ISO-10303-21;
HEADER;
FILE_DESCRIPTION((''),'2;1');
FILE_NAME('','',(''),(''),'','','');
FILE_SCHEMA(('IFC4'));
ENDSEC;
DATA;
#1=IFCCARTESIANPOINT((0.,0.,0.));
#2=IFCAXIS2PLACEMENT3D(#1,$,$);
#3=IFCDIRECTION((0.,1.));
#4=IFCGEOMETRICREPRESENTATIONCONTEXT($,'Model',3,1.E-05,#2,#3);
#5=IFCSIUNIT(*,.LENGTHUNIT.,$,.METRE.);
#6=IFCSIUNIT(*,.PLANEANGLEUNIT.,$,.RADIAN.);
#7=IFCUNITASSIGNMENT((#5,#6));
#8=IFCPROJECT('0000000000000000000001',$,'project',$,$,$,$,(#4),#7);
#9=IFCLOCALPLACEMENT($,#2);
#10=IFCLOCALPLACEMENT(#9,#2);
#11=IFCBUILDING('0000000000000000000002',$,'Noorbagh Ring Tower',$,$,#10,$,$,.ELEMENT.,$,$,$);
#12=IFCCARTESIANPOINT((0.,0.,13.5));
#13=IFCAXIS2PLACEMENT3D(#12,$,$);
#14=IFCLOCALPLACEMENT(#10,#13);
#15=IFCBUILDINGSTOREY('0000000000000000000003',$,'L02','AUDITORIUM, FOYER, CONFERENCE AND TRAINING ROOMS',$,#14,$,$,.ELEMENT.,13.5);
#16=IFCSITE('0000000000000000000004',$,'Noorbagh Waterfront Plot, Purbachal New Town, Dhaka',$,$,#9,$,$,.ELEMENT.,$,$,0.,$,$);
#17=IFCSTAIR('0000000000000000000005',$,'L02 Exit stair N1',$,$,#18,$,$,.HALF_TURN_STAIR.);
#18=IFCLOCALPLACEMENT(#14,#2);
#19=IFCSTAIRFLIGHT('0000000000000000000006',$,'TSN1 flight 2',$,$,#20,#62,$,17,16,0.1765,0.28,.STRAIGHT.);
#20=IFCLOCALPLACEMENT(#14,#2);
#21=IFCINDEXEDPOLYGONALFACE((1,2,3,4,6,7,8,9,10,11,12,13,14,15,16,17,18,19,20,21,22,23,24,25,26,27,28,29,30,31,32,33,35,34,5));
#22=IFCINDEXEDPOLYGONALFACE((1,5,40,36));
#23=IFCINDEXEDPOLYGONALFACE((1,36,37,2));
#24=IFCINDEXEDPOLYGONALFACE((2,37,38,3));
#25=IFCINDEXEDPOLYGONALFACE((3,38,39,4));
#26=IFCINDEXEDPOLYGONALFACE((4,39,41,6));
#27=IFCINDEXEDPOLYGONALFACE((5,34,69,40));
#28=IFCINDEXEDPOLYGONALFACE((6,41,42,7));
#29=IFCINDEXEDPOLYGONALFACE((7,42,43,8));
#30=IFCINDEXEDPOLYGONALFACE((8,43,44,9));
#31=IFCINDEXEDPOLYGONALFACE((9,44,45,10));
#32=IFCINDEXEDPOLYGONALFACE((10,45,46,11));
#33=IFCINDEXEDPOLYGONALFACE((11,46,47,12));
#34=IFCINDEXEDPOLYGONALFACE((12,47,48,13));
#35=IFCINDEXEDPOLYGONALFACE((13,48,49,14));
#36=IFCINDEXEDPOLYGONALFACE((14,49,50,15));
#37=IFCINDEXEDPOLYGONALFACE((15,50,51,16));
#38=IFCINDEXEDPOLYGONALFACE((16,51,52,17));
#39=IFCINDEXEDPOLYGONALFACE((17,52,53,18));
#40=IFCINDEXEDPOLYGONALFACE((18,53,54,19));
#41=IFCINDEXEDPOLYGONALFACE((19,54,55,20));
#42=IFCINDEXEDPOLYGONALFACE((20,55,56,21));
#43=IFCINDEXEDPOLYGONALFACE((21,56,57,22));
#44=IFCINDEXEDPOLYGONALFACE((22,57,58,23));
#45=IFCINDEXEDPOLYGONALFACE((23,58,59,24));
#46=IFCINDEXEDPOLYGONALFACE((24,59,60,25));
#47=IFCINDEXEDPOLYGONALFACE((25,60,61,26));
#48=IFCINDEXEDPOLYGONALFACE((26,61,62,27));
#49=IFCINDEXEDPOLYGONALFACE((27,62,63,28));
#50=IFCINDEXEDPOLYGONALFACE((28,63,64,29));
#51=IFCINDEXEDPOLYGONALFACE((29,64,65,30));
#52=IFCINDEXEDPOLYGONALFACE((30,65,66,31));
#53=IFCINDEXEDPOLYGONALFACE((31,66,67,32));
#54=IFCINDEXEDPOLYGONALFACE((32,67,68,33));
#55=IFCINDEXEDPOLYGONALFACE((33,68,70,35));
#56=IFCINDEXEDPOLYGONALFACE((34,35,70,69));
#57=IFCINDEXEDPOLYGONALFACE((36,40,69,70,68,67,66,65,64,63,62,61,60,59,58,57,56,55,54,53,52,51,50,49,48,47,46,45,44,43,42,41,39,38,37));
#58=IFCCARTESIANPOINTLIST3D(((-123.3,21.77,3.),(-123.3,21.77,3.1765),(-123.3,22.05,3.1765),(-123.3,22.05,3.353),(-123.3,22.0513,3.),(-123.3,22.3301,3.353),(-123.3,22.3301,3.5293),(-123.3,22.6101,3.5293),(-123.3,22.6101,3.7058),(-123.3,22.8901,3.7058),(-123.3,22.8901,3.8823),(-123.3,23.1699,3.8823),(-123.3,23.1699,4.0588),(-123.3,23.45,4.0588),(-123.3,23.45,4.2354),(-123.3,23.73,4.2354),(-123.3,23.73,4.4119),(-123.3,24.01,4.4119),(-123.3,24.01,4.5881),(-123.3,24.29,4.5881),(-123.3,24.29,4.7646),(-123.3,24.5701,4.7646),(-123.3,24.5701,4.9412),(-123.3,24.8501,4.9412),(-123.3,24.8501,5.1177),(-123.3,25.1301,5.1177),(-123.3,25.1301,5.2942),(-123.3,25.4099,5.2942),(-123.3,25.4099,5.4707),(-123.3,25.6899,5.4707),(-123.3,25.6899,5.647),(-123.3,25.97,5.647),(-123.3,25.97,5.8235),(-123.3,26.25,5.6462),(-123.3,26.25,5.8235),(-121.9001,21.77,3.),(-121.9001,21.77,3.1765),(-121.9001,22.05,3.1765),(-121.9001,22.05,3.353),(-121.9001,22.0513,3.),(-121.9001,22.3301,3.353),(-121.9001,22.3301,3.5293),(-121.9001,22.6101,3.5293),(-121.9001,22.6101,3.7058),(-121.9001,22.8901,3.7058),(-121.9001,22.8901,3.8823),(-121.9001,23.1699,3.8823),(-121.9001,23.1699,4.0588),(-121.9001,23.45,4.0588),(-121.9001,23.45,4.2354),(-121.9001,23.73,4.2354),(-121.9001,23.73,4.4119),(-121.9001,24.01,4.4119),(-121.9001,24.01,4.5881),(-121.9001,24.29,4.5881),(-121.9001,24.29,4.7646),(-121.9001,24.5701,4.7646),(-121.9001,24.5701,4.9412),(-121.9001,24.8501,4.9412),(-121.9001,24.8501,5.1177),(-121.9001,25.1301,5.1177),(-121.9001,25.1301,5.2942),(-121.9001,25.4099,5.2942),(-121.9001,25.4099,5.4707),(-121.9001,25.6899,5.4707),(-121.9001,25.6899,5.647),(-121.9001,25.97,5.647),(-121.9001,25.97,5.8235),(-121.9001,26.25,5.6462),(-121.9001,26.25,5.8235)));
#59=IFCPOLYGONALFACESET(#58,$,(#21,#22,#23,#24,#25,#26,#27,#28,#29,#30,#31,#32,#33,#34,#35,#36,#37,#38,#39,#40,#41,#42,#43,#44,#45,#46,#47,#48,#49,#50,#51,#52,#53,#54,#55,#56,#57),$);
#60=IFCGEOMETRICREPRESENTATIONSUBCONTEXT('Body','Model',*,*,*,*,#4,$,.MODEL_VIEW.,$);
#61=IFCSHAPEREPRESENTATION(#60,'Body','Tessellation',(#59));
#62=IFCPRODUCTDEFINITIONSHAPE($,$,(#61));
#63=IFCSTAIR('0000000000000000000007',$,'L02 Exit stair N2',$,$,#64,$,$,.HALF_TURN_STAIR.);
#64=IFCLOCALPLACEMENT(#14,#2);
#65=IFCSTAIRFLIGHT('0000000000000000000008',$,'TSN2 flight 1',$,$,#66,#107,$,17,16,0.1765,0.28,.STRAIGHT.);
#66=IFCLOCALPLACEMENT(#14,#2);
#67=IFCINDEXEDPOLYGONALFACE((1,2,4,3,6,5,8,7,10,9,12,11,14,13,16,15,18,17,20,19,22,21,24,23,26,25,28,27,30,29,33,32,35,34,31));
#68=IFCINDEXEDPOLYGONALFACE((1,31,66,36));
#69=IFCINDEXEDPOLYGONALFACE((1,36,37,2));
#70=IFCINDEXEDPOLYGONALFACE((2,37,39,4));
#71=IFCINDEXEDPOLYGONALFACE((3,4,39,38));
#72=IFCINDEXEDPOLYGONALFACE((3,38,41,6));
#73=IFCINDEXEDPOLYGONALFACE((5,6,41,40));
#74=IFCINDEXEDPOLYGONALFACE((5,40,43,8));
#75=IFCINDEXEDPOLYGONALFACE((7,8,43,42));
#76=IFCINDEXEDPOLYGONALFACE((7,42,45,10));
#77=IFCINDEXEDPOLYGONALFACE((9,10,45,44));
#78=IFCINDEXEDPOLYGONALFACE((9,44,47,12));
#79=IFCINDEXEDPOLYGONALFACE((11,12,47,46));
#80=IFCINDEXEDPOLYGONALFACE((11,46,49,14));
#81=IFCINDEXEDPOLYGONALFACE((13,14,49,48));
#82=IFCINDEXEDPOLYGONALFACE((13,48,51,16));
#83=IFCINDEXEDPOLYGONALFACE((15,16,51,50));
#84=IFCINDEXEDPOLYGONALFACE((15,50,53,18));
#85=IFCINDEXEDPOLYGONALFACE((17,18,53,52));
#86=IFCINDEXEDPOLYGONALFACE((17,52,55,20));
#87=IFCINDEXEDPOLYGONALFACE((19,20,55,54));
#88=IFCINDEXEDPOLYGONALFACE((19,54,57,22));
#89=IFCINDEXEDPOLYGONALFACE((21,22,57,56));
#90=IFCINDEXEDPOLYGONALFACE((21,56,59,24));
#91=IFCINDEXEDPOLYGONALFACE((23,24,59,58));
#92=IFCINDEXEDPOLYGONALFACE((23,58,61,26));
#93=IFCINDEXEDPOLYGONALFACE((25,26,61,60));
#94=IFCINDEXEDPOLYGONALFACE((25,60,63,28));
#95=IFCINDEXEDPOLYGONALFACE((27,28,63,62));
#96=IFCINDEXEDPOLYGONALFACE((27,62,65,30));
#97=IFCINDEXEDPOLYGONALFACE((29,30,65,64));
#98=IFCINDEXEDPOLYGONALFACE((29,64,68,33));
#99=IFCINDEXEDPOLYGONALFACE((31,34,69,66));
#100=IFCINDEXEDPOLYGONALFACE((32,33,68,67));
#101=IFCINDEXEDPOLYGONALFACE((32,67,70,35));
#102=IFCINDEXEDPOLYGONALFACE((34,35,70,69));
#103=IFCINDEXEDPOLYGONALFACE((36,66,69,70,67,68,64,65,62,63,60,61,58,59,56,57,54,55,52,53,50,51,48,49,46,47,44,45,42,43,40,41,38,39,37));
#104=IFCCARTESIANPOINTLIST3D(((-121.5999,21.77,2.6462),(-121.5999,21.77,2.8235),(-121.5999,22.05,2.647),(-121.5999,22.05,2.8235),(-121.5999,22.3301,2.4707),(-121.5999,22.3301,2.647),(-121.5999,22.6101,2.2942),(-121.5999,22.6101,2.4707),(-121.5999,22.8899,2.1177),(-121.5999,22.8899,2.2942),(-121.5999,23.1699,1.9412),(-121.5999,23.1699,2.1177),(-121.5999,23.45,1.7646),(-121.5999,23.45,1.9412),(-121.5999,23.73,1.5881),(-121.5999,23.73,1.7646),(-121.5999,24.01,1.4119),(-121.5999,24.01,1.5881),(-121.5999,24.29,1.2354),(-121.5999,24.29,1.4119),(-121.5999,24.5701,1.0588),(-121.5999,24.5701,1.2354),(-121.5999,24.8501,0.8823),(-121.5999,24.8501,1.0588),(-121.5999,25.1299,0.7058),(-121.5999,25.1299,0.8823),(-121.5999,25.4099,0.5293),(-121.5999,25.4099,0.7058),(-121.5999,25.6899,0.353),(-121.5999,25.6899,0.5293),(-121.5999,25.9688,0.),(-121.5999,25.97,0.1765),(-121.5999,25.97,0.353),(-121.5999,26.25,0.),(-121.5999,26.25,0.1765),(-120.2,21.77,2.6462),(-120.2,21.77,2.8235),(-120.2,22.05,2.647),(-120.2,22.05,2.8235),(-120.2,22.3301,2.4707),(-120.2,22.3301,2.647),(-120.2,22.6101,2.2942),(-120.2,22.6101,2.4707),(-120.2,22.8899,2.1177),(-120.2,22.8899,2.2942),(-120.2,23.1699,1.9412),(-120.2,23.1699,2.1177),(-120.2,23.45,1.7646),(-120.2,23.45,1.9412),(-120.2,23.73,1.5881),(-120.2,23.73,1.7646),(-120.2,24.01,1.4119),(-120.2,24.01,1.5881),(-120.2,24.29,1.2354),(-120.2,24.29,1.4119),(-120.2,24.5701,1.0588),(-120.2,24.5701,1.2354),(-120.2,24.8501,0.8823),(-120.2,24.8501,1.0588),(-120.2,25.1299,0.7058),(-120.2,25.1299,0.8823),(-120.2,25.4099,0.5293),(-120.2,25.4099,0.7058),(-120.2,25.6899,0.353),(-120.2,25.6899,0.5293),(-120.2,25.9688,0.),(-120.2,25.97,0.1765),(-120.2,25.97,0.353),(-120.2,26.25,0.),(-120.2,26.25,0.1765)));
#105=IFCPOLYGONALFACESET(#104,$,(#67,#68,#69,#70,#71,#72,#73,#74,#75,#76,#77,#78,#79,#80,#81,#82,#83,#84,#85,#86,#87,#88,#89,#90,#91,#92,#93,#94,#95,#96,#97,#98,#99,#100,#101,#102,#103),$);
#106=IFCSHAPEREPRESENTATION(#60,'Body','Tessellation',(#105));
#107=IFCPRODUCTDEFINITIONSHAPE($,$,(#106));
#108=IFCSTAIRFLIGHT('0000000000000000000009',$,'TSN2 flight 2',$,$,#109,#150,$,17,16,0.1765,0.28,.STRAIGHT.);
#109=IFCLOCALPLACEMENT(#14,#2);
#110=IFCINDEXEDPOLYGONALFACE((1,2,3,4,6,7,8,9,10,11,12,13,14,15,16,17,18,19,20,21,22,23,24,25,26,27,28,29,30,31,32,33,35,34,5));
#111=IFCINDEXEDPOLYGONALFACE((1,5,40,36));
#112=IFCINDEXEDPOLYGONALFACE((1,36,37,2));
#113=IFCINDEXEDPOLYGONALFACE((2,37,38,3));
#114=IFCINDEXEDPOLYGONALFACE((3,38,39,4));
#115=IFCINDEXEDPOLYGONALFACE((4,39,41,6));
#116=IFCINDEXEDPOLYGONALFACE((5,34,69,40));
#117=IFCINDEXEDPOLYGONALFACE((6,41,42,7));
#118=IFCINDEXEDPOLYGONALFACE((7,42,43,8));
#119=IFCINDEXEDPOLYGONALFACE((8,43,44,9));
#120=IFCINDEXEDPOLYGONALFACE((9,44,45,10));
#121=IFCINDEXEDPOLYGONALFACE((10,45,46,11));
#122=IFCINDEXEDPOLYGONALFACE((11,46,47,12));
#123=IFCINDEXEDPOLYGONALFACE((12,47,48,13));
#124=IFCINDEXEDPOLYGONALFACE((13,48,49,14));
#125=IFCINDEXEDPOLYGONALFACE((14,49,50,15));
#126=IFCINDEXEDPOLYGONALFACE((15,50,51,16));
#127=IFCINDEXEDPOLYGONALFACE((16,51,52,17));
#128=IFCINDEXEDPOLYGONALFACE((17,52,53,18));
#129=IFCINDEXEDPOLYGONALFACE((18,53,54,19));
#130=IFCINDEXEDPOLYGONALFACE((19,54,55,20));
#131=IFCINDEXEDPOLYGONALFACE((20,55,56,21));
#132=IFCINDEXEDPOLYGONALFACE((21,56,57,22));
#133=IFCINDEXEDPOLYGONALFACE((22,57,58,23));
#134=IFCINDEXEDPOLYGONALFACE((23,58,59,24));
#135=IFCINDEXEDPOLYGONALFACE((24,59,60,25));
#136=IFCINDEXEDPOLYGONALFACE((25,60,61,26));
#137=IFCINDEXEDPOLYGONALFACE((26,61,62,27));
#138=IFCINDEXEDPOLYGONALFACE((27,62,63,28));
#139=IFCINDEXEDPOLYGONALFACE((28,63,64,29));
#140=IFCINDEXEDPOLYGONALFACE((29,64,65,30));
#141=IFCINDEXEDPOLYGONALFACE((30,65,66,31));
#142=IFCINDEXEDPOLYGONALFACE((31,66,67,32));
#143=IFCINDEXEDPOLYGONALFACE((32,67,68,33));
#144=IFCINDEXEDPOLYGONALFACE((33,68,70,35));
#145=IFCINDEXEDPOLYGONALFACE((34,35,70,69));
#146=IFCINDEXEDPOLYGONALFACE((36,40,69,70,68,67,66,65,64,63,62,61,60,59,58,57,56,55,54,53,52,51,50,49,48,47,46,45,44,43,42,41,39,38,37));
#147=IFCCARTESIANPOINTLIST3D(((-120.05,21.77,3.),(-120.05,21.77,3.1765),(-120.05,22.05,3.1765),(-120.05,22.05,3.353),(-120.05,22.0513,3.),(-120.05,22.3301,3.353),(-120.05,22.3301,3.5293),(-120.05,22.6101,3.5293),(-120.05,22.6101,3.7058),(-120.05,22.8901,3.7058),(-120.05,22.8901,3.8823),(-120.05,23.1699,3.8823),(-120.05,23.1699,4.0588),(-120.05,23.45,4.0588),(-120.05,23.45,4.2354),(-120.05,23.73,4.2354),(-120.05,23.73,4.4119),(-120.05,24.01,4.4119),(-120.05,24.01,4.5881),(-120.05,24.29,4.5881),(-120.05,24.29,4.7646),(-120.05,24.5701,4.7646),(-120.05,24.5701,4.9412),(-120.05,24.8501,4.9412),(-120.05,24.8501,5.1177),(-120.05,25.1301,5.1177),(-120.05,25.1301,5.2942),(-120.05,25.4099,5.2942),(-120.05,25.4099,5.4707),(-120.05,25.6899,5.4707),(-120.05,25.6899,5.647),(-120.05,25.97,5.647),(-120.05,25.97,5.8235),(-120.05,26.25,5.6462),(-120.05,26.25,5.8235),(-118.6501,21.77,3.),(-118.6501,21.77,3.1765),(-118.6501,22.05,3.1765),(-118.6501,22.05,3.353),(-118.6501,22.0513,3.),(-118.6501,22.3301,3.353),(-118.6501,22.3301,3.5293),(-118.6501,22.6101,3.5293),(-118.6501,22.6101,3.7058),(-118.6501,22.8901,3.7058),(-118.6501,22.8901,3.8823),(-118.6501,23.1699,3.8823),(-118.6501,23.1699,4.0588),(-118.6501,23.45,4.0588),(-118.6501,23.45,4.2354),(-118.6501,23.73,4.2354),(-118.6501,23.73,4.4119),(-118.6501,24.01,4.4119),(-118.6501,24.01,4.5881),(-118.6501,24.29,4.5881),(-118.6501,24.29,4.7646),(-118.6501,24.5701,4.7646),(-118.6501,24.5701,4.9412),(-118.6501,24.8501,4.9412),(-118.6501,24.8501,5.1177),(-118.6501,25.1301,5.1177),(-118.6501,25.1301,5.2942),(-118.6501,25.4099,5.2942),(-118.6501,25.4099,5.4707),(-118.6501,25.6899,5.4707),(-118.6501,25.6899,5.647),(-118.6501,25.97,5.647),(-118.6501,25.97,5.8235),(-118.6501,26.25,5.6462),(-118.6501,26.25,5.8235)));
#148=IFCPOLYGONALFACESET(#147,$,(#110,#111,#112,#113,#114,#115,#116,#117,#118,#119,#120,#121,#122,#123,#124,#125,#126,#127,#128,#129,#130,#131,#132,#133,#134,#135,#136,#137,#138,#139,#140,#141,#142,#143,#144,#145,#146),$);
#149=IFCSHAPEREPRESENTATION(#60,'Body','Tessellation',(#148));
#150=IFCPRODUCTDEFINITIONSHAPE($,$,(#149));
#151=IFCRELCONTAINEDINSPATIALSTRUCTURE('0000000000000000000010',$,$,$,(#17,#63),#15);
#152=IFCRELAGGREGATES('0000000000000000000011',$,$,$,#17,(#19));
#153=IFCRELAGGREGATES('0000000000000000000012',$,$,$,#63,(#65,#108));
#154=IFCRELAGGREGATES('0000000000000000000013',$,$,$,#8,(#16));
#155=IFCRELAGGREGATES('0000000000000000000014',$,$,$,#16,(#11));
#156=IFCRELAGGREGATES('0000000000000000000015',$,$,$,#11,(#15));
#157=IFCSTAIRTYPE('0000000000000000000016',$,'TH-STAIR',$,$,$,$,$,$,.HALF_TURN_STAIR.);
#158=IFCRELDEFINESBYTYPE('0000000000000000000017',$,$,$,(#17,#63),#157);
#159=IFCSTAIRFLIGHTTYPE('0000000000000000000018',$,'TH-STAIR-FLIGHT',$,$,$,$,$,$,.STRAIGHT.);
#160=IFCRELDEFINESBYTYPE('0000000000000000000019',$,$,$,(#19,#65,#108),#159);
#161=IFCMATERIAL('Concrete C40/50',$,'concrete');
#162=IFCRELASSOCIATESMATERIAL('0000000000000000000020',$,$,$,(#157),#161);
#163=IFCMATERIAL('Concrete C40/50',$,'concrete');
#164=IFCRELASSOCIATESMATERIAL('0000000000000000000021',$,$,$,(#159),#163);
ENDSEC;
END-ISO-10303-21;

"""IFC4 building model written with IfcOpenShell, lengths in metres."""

from ifc_helpers import new_model, si_unit, direction, frame, origin, place, context, subcontext, project, spatial, polyline, outline, extrude, material, type_object, element, aggregate, save


model = new_model("IFC4")

# Units and contexts
model_context = context("Model", 3, precision=1e-05, world=origin(), true_north=direction((0.0, 1.0)))
body_context = subcontext(model_context, "Body", "Model", "MODEL_VIEW")
ifc_project = project(units=[si_unit("LENGTHUNIT", "METRE"), si_unit("PLANEANGLEUNIT", "RADIAN")], contexts=[model_context])

# Site, building, storey
site_placement = place(None, origin())
site = spatial("IfcSite", under=ifc_project, at=site_placement, Name="Noorbagh Waterfront Plot, Purbachal New Town, Dhaka", CompositionType="ELEMENT", RefElevation=0.0)
building_placement = place(site_placement, origin())
building = spatial("IfcBuilding", under=site, at=building_placement, Name="Noorbagh Ring Tower", CompositionType="ELEMENT")
storey_placement = place(building_placement, frame((0.0, 0.0, 13.5)))
storey = spatial("IfcBuildingStorey", under=building, at=storey_placement, Name="L02", Description="AUDITORIUM, FOYER, CONFERENCE AND TRAINING ROOMS", CompositionType="ELEMENT", Elevation=13.5)

# Stairs, stair flights
ifc_material_1 = material(Name="Concrete C40/50", Category="concrete")
stair_type = type_object("IfcStairType", Name="TH-STAIR", PredefinedType="HALF_TURN_STAIR", material=ifc_material_1)
stair_1_placement = place(storey_placement, origin())
stair_1 = element("IfcStair", 1, at=stair_1_placement, inside=storey, type_object=stair_type, Name="L02 Exit stair N1", PredefinedType="HALF_TURN_STAIR")
ifc_material_2 = material(Name="Concrete C40/50", Category="concrete")
stair_flight_type = type_object("IfcStairFlightType", Name="TH-STAIR-FLIGHT", PredefinedType="STRAIGHT", material=ifc_material_2)
stair_flight_1_placement = place(storey_placement, frame((-122.6001, 21.77, 3.0), z_axis=(0.0, 0.0, 1.0), x_axis=(0.0, 1.0, 0.0)))
stair_flight_1 = element("IfcStairFlight", 2, at=stair_flight_1_placement, type_object=stair_flight_type, Name="TSN1 flight 2", NumberOfRisers=17, NumberOfTreads=16, PredefinedType="STRAIGHT", RiserHeight=0.1765, TreadLength=0.28, context=body_context, shape_type="SweptSolid", body=[
    extrude(outline(polyline([(0.0, 0.0), (0.0, 0.1765), (0.28, 0.1765), (0.28, 0.353), (0.5601, 0.353), (0.5601, 0.5293), (0.8401, 0.5293), (0.8401, 0.7058), (1.1201, 0.7058), (1.1201, 0.8823), (1.3999, 0.8823), (1.3999, 1.0588), (1.6799, 1.0588), (1.6799, 1.2354), (1.96, 1.2354), (1.96, 1.4119), (2.24, 1.4119), (2.24, 1.5881), (2.52, 1.5881), (2.52, 1.7646), (2.8, 1.7646), (2.8, 1.9412), (3.0801, 1.9412), (3.0801, 2.1177), (3.3601, 2.1177), (3.3601, 2.2942), (3.6399, 2.2942), (3.6399, 2.4707), (3.9199, 2.4707), (3.9199, 2.647), (4.2, 2.647), (4.2, 2.8235), (4.48, 2.8235), (4.48, 3.0), (4.48, 2.6462), (0.2812, 0.0), (0.0, 0.0)])), frame((0.0, 0.7, 0.0), z_axis=(0.0, -1.0, 0.0), x_axis=(1.0, 0.0, 0.0)), (0.0, 0.0, 1.0), 1.3999),
])
aggregate(stair_1, [stair_flight_1])
stair_2_placement = place(storey_placement, origin())
stair_2 = element("IfcStair", 3, at=stair_2_placement, inside=storey, type_object=stair_type, Name="L02 Exit stair N2", PredefinedType="HALF_TURN_STAIR")
stair_flight_2_placement = place(storey_placement, frame((-120.8999, 26.25, 0.0), z_axis=(0.0, 0.0, 1.0), x_axis=(0.0, -1.0, 0.0)))
stair_flight_2 = element("IfcStairFlight", 4, at=stair_flight_2_placement, type_object=stair_flight_type, Name="TSN2 flight 1", NumberOfRisers=17, NumberOfTreads=16, PredefinedType="STRAIGHT", RiserHeight=0.1765, TreadLength=0.28, context=body_context, shape_type="SweptSolid", body=[
    extrude(outline(polyline([(0.0, 0.0), (0.0, 0.1765), (0.28, 0.1765), (0.28, 0.353), (0.5601, 0.353), (0.5601, 0.5293), (0.8401, 0.5293), (0.8401, 0.7058), (1.1201, 0.7058), (1.1201, 0.8823), (1.3999, 0.8823), (1.3999, 1.0588), (1.6799, 1.0588), (1.6799, 1.2354), (1.96, 1.2354), (1.96, 1.4119), (2.24, 1.4119), (2.24, 1.5881), (2.52, 1.5881), (2.52, 1.7646), (2.8, 1.7646), (2.8, 1.9412), (3.0801, 1.9412), (3.0801, 2.1177), (3.3601, 2.1177), (3.3601, 2.2942), (3.6399, 2.2942), (3.6399, 2.4707), (3.9199, 2.4707), (3.9199, 2.647), (4.2, 2.647), (4.2, 2.8235), (4.48, 2.8235), (4.48, 3.0), (4.48, 2.6462), (0.2812, 0.0), (0.0, 0.0)])), frame((0.0, 0.7, 0.0), z_axis=(0.0, -1.0, 0.0), x_axis=(1.0, 0.0, 0.0)), (0.0, 0.0, 1.0), 1.3999),
])
stair_flight_3_placement = place(storey_placement, frame((-119.3501, 21.77, 3.0), z_axis=(0.0, 0.0, 1.0), x_axis=(0.0, 1.0, 0.0)))
stair_flight_3 = element("IfcStairFlight", 5, at=stair_flight_3_placement, type_object=stair_flight_type, Name="TSN2 flight 2", NumberOfRisers=17, NumberOfTreads=16, PredefinedType="STRAIGHT", RiserHeight=0.1765, TreadLength=0.28, context=body_context, shape_type="SweptSolid", body=[
    extrude(outline(polyline([(0.0, 0.0), (0.0, 0.1765), (0.28, 0.1765), (0.28, 0.353), (0.5601, 0.353), (0.5601, 0.5293), (0.8401, 0.5293), (0.8401, 0.7058), (1.1201, 0.7058), (1.1201, 0.8823), (1.3999, 0.8823), (1.3999, 1.0588), (1.6799, 1.0588), (1.6799, 1.2354), (1.96, 1.2354), (1.96, 1.4119), (2.24, 1.4119), (2.24, 1.5881), (2.52, 1.5881), (2.52, 1.7646), (2.8, 1.7646), (2.8, 1.9412), (3.0801, 1.9412), (3.0801, 2.1177), (3.3601, 2.1177), (3.3601, 2.2942), (3.6399, 2.2942), (3.6399, 2.4707), (3.9199, 2.4707), (3.9199, 2.647), (4.2, 2.647), (4.2, 2.8235), (4.48, 2.8235), (4.48, 3.0), (4.48, 2.6462), (0.2812, 0.0), (0.0, 0.0)])), frame((0.0, 0.7, 0.0), z_axis=(0.0, -1.0, 0.0), x_axis=(1.0, 0.0, 0.0)), (0.0, 0.0, 1.0), 1.3999),
])
aggregate(stair_2, [stair_flight_2, stair_flight_3])

save(model, "model.ifc")
